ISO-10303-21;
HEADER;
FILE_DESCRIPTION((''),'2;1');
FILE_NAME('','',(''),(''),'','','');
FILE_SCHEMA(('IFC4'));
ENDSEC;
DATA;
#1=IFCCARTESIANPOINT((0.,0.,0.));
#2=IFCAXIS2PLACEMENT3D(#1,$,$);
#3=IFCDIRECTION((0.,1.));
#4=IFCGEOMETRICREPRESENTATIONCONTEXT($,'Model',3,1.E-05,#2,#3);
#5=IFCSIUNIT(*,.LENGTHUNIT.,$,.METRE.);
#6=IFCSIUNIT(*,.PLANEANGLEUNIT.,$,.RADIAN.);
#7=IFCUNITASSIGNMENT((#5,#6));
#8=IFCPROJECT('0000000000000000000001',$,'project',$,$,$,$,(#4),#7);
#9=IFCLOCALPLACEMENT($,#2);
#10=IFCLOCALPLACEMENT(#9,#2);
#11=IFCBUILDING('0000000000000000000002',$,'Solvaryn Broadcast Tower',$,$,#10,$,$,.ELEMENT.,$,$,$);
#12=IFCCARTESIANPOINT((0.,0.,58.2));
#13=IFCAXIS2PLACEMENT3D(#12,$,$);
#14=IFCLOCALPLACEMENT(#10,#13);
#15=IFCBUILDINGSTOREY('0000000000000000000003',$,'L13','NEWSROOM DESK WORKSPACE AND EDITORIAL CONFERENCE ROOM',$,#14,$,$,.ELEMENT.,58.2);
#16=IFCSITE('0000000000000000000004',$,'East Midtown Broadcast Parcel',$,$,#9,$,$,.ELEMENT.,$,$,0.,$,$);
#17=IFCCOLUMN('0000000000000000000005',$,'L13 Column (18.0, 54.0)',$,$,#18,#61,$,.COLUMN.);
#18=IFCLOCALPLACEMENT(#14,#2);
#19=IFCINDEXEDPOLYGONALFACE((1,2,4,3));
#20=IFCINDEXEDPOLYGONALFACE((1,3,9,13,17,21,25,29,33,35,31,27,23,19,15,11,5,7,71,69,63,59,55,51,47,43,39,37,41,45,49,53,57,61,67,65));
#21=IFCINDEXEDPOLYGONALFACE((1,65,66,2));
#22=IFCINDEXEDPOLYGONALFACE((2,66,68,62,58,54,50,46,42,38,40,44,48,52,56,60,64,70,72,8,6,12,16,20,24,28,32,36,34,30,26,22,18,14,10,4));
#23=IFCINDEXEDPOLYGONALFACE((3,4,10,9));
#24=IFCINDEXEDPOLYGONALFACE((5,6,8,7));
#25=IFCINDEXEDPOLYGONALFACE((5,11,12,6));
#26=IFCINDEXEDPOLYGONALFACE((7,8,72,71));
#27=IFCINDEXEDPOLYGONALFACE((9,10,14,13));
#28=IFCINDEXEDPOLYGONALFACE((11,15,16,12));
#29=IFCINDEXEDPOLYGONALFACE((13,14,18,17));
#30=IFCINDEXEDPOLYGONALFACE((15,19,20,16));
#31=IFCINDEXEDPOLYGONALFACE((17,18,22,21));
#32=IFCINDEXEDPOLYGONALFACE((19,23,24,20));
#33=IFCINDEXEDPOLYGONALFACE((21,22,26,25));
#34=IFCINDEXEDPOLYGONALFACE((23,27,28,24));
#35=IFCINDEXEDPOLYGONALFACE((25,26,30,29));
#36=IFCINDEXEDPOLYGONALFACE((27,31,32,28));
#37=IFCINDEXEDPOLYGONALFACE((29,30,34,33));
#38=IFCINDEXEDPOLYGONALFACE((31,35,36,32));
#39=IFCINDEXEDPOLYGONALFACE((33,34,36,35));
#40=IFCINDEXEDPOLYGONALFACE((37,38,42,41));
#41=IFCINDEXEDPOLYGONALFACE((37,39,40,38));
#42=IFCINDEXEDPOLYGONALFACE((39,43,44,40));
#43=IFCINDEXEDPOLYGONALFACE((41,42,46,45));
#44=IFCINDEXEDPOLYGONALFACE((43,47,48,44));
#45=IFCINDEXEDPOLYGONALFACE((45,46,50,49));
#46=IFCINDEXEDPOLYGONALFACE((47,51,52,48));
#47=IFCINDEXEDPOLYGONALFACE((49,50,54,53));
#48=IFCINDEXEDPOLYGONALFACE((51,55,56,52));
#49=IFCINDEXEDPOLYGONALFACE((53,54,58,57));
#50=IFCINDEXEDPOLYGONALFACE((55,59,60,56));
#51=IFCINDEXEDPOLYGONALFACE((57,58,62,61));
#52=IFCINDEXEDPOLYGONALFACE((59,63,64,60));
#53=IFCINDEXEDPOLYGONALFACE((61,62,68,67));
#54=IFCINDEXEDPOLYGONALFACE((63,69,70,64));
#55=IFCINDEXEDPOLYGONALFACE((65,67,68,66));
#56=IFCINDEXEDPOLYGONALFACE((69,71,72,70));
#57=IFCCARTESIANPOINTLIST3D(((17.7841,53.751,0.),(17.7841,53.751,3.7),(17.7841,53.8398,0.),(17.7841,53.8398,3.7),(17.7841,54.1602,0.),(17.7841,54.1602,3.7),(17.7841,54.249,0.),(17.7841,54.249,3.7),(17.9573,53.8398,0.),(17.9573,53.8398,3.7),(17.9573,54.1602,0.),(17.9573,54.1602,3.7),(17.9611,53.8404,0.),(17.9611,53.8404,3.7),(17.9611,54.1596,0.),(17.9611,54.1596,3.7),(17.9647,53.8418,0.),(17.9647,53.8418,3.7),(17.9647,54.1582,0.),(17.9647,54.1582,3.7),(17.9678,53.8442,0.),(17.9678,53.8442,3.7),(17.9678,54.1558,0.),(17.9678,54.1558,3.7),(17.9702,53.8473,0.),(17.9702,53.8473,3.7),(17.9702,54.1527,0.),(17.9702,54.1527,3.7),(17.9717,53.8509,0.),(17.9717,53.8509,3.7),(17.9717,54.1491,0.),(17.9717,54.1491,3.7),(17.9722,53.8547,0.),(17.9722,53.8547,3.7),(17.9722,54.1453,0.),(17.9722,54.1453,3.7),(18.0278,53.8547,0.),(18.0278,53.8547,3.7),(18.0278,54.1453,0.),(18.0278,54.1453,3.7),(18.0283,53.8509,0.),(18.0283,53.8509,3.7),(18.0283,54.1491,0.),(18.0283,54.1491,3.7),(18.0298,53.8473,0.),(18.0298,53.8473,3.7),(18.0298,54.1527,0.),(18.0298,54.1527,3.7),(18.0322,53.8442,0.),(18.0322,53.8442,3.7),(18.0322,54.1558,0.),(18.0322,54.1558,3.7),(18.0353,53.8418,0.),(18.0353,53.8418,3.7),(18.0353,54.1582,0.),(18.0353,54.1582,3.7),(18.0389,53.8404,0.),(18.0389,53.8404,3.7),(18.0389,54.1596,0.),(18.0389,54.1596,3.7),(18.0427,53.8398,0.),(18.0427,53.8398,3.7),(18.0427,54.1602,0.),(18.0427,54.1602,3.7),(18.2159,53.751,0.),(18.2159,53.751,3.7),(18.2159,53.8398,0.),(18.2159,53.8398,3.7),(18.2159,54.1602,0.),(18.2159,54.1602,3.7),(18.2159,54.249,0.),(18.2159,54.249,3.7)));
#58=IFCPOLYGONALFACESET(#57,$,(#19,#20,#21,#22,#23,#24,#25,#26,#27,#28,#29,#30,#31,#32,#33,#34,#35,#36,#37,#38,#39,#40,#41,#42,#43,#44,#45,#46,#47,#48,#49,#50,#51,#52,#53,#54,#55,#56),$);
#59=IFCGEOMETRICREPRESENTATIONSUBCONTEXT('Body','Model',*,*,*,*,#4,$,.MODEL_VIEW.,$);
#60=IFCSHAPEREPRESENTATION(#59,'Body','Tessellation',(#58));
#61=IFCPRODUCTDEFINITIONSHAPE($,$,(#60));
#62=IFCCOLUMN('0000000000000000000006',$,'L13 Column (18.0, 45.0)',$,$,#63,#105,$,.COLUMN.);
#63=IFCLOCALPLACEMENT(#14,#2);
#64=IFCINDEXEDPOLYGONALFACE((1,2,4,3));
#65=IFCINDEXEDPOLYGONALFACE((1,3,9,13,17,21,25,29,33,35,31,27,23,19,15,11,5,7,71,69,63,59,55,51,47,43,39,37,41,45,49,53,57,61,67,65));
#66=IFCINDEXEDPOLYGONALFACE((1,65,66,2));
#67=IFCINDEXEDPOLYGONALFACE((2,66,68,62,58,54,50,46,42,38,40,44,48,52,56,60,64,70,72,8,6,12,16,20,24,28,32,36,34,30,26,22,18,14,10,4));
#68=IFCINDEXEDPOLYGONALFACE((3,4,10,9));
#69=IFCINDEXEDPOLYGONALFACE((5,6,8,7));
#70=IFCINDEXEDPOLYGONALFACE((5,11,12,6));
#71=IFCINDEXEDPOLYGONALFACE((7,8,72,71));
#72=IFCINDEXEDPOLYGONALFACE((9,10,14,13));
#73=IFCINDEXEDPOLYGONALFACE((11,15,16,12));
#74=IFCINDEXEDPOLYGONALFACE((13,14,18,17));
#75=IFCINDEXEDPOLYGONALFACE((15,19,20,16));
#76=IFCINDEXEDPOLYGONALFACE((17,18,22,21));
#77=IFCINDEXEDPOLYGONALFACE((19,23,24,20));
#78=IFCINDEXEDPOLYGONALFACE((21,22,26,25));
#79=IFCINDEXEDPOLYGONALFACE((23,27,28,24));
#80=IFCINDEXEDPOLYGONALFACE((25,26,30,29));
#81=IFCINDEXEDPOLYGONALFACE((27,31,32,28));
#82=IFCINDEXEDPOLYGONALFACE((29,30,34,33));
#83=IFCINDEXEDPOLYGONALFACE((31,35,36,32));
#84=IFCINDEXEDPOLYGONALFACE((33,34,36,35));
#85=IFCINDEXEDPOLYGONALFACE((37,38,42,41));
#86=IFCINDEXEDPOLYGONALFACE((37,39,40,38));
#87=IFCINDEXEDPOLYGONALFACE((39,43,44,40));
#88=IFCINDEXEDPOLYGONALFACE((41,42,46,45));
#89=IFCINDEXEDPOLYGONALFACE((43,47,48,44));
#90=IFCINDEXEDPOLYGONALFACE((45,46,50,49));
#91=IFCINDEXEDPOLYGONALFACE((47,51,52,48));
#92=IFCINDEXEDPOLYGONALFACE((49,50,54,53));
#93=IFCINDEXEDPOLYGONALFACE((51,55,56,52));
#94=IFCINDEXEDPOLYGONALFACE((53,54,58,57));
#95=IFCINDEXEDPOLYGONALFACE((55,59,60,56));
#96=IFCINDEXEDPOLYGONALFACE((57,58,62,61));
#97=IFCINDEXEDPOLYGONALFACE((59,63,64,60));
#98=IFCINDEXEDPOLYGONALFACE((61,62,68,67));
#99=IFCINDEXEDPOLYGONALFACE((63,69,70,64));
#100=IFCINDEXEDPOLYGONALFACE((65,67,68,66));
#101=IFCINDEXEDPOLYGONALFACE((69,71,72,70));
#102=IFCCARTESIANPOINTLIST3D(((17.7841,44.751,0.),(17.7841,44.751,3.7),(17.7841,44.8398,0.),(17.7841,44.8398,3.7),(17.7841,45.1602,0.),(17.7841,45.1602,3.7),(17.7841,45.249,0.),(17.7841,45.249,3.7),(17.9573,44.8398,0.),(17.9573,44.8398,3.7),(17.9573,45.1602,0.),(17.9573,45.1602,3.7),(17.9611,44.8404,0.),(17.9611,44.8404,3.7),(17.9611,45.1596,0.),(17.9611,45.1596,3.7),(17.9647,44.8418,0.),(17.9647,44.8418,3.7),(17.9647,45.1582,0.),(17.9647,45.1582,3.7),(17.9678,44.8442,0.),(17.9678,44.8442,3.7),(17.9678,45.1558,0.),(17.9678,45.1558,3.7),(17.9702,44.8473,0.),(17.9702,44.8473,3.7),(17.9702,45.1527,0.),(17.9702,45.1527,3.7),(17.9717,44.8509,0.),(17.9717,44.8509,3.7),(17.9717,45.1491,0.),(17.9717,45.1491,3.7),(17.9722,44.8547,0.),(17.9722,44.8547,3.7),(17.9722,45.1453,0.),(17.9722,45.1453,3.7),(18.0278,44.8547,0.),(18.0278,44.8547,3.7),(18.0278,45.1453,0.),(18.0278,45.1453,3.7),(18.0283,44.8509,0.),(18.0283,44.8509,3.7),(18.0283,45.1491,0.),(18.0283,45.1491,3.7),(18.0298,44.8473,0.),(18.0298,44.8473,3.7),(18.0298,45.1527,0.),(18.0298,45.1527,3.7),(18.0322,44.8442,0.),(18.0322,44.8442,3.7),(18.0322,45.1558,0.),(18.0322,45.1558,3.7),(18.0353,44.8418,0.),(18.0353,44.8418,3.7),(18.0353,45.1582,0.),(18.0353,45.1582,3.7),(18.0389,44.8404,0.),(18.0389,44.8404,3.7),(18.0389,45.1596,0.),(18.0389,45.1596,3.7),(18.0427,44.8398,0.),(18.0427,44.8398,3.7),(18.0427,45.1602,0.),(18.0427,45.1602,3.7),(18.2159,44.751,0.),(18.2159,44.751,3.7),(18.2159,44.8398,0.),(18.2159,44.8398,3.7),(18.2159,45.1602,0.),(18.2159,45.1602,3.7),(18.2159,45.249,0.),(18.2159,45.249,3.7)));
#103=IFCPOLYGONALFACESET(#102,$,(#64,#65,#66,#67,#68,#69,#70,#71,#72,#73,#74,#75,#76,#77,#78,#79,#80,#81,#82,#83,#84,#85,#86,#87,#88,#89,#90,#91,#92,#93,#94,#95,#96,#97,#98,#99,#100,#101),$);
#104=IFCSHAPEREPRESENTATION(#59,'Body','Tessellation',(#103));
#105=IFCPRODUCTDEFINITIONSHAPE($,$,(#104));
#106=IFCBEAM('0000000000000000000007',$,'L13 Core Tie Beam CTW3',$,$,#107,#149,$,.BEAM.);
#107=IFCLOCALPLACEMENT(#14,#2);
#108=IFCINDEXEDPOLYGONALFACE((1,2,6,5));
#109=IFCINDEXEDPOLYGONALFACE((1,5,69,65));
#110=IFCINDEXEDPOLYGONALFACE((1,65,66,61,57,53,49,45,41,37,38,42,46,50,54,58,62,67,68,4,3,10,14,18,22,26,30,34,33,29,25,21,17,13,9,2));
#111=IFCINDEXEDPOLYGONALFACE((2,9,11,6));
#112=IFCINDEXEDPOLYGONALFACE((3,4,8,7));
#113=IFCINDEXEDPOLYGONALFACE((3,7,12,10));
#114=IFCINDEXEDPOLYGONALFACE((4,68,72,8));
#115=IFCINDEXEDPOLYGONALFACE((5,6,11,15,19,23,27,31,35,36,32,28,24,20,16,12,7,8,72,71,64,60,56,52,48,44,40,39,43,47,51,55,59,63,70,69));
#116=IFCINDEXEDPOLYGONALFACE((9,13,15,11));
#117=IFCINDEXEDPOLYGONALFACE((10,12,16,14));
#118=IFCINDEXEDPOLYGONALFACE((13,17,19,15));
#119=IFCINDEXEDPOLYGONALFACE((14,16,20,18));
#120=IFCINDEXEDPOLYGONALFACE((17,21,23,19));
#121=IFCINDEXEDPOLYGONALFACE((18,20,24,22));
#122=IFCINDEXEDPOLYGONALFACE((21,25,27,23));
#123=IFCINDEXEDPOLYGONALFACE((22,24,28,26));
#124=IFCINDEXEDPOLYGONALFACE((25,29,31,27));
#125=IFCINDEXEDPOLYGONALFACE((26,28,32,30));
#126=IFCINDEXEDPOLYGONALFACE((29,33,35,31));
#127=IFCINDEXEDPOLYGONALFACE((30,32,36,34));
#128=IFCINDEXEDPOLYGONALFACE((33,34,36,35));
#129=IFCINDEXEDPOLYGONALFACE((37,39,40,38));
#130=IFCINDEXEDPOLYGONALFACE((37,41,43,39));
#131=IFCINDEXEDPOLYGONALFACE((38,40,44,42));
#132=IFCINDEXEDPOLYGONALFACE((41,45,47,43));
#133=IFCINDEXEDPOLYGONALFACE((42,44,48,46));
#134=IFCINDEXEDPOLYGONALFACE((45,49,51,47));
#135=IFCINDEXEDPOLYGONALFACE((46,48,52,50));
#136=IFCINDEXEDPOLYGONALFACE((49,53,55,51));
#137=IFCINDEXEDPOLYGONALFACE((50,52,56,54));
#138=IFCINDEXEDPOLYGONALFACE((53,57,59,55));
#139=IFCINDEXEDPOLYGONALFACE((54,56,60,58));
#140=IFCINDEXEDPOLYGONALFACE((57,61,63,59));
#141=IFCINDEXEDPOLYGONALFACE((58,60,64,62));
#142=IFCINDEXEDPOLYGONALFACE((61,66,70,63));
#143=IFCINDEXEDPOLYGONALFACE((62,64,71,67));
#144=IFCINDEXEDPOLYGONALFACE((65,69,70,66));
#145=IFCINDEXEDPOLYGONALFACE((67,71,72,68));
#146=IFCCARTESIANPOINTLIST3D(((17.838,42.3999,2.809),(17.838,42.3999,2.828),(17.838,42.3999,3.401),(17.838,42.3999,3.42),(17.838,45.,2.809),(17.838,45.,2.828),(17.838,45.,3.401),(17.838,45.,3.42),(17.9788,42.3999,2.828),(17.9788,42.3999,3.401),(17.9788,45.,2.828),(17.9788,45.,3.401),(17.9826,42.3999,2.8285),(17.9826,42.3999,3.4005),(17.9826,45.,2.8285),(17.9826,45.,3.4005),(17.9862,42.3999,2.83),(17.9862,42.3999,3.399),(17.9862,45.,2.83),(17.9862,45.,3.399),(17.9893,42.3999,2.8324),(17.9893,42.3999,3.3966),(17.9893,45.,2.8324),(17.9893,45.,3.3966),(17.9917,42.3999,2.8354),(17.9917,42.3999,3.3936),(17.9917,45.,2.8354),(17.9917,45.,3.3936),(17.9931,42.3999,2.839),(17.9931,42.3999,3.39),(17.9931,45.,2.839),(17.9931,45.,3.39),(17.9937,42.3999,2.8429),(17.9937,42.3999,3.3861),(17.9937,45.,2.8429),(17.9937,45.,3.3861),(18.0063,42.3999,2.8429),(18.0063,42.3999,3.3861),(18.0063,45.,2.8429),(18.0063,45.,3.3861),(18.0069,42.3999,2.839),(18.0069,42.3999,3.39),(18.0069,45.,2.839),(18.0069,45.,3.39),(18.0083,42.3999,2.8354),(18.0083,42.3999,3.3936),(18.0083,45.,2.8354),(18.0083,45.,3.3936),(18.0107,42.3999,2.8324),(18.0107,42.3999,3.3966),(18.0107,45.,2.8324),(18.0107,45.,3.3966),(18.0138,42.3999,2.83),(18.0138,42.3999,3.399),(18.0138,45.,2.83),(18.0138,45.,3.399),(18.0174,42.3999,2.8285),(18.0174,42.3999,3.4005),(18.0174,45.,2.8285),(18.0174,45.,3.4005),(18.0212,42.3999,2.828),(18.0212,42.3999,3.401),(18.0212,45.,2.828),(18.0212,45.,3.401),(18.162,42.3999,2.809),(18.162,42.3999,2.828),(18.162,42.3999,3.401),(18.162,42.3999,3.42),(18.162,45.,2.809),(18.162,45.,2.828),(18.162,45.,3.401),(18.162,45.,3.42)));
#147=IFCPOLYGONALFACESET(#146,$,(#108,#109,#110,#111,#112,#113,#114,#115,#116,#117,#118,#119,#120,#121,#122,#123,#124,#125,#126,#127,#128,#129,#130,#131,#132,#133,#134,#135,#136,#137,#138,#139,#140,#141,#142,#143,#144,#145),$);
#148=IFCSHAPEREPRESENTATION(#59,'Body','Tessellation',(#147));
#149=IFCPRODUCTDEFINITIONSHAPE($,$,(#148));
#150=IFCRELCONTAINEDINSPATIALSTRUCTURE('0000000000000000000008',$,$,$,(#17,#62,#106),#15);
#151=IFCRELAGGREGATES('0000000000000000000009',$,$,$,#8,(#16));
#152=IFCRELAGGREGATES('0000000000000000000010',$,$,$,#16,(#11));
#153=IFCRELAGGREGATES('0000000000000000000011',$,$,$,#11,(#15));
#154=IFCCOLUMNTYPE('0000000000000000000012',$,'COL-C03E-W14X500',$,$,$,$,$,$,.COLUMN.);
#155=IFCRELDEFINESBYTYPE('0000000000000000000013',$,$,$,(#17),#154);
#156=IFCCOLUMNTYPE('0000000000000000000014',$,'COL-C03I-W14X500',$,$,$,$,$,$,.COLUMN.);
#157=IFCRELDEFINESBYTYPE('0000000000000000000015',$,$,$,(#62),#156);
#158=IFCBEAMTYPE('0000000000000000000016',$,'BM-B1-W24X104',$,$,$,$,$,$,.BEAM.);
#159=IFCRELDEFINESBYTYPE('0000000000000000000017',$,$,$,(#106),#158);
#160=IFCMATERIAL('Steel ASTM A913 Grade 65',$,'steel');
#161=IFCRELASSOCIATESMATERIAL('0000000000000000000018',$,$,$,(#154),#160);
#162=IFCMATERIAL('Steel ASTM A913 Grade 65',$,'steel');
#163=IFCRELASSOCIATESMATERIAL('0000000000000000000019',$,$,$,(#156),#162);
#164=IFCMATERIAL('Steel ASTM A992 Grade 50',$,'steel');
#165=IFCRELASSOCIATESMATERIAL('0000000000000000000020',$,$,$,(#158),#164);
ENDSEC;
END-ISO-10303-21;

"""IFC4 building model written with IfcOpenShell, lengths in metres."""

from ifc_helpers import new_model, si_unit, direction, frame, origin, origin_2d, place, context, subcontext, project, spatial, i_section, extrude, material, material_profile, profile_set, type_object, element, save


model = new_model("IFC4")

# Units and contexts
model_context = context("Model", 3, precision=1e-05, world=origin(), true_north=direction((0.0, 1.0)))
body_context = subcontext(model_context, "Body", "Model", "MODEL_VIEW")
ifc_project = project(units=[si_unit("LENGTHUNIT", "METRE"), si_unit("PLANEANGLEUNIT", "RADIAN")], contexts=[model_context])

# Site, building, storey
site_placement = place(None, origin())
site = spatial("IfcSite", under=ifc_project, at=site_placement, Name="East Midtown Broadcast Parcel", CompositionType="ELEMENT", RefElevation=0.0)
building_placement = place(site_placement, origin())
building = spatial("IfcBuilding", under=site, at=building_placement, Name="Solvaryn Broadcast Tower", CompositionType="ELEMENT")
storey_placement = place(building_placement, frame((0.0, 0.0, 58.2)))
storey = spatial("IfcBuildingStorey", under=building, at=storey_placement, Name="L13", Description="NEWSROOM DESK WORKSPACE AND EDITORIAL CONFERENCE ROOM", CompositionType="ELEMENT", Elevation=58.2)

# Columns
ifc_material_1 = material(Name="Steel ASTM A913 Grade 65", Category="steel")
ifc_material_profile_1 = material_profile(ifc_material_1, i_section(OverallWidth=0.4319, OverallDepth=0.498, WebThickness=0.0557, FlangeThickness=0.0889, FilletRadius=0.0149, at=origin_2d()))
ifc_profile_set_1 = profile_set([ifc_material_profile_1], Name="Steel ASTM A913 Grade 65")
column_type_1 = type_object("IfcColumnType", Name="COL-C03E-W14X500", PredefinedType="COLUMN", material=ifc_profile_set_1)
column_1_placement = place(storey_placement, frame((18.0, 54.0, 0.0), z_axis=(0.0, 0.0, 1.0), x_axis=(1.0, 0.0, 0.0)))
element("IfcColumn", 1, at=column_1_placement, inside=storey, type_object=column_type_1, Name="L13 Column (18.0, 54.0)", PredefinedType="COLUMN", context=body_context, shape_type="SweptSolid", body=[
    extrude(i_section(OverallWidth=0.4319, OverallDepth=0.498, WebThickness=0.0557, FlangeThickness=0.0889, FilletRadius=0.0149, at=origin_2d()), origin(), (0.0, 0.0, 1.0), 3.7),
])
ifc_material_2 = material(Name="Steel ASTM A913 Grade 65", Category="steel")
ifc_material_profile_2 = material_profile(ifc_material_2, i_section(OverallWidth=0.4319, OverallDepth=0.498, WebThickness=0.0557, FlangeThickness=0.0889, FilletRadius=0.0149, at=origin_2d()))
ifc_profile_set_2 = profile_set([ifc_material_profile_2], Name="Steel ASTM A913 Grade 65")
column_type_2 = type_object("IfcColumnType", Name="COL-C03I-W14X500", PredefinedType="COLUMN", material=ifc_profile_set_2)
column_2_placement = place(storey_placement, frame((18.0, 45.0, 0.0), z_axis=(0.0, 0.0, 1.0), x_axis=(1.0, 0.0, 0.0)))
element("IfcColumn", 2, at=column_2_placement, inside=storey, type_object=column_type_2, Name="L13 Column (18.0, 45.0)", PredefinedType="COLUMN", context=body_context, shape_type="SweptSolid", body=[
    extrude(i_section(OverallWidth=0.4319, OverallDepth=0.498, WebThickness=0.0557, FlangeThickness=0.0889, FilletRadius=0.0149, at=origin_2d()), origin(), (0.0, 0.0, 1.0), 3.7),
])

# Beam
ifc_material_3 = material(Name="Steel ASTM A992 Grade 50", Category="steel")
ifc_material_profile_3 = material_profile(ifc_material_3, i_section(OverallWidth=0.324, OverallDepth=0.6111, WebThickness=0.0127, FlangeThickness=0.019, FilletRadius=0.0149, at=origin_2d()))
ifc_profile_set_3 = profile_set([ifc_material_profile_3], Name="Steel ASTM A992 Grade 50")
beam_type_1 = type_object("IfcBeamType", Name="BM-B1-W24X104", PredefinedType="BEAM", material=ifc_profile_set_3)
beam_1_placement = place(storey_placement, frame((18.0, 42.3999, 3.1145), z_axis=(0.0, 1.0, 0.0), x_axis=(-1.0, 0.0, 0.0)))
element("IfcBeam", 3, at=beam_1_placement, inside=storey, type_object=beam_type_1, Name="L13 Core Tie Beam CTW3", PredefinedType="BEAM", context=body_context, shape_type="SweptSolid", body=[
    extrude(i_section(OverallWidth=0.324, OverallDepth=0.6111, WebThickness=0.0127, FlangeThickness=0.019, FilletRadius=0.0149, at=origin_2d()), origin(), (0.0, 0.0, 1.0), 2.6001),
])

save(model, "model.ifc")
